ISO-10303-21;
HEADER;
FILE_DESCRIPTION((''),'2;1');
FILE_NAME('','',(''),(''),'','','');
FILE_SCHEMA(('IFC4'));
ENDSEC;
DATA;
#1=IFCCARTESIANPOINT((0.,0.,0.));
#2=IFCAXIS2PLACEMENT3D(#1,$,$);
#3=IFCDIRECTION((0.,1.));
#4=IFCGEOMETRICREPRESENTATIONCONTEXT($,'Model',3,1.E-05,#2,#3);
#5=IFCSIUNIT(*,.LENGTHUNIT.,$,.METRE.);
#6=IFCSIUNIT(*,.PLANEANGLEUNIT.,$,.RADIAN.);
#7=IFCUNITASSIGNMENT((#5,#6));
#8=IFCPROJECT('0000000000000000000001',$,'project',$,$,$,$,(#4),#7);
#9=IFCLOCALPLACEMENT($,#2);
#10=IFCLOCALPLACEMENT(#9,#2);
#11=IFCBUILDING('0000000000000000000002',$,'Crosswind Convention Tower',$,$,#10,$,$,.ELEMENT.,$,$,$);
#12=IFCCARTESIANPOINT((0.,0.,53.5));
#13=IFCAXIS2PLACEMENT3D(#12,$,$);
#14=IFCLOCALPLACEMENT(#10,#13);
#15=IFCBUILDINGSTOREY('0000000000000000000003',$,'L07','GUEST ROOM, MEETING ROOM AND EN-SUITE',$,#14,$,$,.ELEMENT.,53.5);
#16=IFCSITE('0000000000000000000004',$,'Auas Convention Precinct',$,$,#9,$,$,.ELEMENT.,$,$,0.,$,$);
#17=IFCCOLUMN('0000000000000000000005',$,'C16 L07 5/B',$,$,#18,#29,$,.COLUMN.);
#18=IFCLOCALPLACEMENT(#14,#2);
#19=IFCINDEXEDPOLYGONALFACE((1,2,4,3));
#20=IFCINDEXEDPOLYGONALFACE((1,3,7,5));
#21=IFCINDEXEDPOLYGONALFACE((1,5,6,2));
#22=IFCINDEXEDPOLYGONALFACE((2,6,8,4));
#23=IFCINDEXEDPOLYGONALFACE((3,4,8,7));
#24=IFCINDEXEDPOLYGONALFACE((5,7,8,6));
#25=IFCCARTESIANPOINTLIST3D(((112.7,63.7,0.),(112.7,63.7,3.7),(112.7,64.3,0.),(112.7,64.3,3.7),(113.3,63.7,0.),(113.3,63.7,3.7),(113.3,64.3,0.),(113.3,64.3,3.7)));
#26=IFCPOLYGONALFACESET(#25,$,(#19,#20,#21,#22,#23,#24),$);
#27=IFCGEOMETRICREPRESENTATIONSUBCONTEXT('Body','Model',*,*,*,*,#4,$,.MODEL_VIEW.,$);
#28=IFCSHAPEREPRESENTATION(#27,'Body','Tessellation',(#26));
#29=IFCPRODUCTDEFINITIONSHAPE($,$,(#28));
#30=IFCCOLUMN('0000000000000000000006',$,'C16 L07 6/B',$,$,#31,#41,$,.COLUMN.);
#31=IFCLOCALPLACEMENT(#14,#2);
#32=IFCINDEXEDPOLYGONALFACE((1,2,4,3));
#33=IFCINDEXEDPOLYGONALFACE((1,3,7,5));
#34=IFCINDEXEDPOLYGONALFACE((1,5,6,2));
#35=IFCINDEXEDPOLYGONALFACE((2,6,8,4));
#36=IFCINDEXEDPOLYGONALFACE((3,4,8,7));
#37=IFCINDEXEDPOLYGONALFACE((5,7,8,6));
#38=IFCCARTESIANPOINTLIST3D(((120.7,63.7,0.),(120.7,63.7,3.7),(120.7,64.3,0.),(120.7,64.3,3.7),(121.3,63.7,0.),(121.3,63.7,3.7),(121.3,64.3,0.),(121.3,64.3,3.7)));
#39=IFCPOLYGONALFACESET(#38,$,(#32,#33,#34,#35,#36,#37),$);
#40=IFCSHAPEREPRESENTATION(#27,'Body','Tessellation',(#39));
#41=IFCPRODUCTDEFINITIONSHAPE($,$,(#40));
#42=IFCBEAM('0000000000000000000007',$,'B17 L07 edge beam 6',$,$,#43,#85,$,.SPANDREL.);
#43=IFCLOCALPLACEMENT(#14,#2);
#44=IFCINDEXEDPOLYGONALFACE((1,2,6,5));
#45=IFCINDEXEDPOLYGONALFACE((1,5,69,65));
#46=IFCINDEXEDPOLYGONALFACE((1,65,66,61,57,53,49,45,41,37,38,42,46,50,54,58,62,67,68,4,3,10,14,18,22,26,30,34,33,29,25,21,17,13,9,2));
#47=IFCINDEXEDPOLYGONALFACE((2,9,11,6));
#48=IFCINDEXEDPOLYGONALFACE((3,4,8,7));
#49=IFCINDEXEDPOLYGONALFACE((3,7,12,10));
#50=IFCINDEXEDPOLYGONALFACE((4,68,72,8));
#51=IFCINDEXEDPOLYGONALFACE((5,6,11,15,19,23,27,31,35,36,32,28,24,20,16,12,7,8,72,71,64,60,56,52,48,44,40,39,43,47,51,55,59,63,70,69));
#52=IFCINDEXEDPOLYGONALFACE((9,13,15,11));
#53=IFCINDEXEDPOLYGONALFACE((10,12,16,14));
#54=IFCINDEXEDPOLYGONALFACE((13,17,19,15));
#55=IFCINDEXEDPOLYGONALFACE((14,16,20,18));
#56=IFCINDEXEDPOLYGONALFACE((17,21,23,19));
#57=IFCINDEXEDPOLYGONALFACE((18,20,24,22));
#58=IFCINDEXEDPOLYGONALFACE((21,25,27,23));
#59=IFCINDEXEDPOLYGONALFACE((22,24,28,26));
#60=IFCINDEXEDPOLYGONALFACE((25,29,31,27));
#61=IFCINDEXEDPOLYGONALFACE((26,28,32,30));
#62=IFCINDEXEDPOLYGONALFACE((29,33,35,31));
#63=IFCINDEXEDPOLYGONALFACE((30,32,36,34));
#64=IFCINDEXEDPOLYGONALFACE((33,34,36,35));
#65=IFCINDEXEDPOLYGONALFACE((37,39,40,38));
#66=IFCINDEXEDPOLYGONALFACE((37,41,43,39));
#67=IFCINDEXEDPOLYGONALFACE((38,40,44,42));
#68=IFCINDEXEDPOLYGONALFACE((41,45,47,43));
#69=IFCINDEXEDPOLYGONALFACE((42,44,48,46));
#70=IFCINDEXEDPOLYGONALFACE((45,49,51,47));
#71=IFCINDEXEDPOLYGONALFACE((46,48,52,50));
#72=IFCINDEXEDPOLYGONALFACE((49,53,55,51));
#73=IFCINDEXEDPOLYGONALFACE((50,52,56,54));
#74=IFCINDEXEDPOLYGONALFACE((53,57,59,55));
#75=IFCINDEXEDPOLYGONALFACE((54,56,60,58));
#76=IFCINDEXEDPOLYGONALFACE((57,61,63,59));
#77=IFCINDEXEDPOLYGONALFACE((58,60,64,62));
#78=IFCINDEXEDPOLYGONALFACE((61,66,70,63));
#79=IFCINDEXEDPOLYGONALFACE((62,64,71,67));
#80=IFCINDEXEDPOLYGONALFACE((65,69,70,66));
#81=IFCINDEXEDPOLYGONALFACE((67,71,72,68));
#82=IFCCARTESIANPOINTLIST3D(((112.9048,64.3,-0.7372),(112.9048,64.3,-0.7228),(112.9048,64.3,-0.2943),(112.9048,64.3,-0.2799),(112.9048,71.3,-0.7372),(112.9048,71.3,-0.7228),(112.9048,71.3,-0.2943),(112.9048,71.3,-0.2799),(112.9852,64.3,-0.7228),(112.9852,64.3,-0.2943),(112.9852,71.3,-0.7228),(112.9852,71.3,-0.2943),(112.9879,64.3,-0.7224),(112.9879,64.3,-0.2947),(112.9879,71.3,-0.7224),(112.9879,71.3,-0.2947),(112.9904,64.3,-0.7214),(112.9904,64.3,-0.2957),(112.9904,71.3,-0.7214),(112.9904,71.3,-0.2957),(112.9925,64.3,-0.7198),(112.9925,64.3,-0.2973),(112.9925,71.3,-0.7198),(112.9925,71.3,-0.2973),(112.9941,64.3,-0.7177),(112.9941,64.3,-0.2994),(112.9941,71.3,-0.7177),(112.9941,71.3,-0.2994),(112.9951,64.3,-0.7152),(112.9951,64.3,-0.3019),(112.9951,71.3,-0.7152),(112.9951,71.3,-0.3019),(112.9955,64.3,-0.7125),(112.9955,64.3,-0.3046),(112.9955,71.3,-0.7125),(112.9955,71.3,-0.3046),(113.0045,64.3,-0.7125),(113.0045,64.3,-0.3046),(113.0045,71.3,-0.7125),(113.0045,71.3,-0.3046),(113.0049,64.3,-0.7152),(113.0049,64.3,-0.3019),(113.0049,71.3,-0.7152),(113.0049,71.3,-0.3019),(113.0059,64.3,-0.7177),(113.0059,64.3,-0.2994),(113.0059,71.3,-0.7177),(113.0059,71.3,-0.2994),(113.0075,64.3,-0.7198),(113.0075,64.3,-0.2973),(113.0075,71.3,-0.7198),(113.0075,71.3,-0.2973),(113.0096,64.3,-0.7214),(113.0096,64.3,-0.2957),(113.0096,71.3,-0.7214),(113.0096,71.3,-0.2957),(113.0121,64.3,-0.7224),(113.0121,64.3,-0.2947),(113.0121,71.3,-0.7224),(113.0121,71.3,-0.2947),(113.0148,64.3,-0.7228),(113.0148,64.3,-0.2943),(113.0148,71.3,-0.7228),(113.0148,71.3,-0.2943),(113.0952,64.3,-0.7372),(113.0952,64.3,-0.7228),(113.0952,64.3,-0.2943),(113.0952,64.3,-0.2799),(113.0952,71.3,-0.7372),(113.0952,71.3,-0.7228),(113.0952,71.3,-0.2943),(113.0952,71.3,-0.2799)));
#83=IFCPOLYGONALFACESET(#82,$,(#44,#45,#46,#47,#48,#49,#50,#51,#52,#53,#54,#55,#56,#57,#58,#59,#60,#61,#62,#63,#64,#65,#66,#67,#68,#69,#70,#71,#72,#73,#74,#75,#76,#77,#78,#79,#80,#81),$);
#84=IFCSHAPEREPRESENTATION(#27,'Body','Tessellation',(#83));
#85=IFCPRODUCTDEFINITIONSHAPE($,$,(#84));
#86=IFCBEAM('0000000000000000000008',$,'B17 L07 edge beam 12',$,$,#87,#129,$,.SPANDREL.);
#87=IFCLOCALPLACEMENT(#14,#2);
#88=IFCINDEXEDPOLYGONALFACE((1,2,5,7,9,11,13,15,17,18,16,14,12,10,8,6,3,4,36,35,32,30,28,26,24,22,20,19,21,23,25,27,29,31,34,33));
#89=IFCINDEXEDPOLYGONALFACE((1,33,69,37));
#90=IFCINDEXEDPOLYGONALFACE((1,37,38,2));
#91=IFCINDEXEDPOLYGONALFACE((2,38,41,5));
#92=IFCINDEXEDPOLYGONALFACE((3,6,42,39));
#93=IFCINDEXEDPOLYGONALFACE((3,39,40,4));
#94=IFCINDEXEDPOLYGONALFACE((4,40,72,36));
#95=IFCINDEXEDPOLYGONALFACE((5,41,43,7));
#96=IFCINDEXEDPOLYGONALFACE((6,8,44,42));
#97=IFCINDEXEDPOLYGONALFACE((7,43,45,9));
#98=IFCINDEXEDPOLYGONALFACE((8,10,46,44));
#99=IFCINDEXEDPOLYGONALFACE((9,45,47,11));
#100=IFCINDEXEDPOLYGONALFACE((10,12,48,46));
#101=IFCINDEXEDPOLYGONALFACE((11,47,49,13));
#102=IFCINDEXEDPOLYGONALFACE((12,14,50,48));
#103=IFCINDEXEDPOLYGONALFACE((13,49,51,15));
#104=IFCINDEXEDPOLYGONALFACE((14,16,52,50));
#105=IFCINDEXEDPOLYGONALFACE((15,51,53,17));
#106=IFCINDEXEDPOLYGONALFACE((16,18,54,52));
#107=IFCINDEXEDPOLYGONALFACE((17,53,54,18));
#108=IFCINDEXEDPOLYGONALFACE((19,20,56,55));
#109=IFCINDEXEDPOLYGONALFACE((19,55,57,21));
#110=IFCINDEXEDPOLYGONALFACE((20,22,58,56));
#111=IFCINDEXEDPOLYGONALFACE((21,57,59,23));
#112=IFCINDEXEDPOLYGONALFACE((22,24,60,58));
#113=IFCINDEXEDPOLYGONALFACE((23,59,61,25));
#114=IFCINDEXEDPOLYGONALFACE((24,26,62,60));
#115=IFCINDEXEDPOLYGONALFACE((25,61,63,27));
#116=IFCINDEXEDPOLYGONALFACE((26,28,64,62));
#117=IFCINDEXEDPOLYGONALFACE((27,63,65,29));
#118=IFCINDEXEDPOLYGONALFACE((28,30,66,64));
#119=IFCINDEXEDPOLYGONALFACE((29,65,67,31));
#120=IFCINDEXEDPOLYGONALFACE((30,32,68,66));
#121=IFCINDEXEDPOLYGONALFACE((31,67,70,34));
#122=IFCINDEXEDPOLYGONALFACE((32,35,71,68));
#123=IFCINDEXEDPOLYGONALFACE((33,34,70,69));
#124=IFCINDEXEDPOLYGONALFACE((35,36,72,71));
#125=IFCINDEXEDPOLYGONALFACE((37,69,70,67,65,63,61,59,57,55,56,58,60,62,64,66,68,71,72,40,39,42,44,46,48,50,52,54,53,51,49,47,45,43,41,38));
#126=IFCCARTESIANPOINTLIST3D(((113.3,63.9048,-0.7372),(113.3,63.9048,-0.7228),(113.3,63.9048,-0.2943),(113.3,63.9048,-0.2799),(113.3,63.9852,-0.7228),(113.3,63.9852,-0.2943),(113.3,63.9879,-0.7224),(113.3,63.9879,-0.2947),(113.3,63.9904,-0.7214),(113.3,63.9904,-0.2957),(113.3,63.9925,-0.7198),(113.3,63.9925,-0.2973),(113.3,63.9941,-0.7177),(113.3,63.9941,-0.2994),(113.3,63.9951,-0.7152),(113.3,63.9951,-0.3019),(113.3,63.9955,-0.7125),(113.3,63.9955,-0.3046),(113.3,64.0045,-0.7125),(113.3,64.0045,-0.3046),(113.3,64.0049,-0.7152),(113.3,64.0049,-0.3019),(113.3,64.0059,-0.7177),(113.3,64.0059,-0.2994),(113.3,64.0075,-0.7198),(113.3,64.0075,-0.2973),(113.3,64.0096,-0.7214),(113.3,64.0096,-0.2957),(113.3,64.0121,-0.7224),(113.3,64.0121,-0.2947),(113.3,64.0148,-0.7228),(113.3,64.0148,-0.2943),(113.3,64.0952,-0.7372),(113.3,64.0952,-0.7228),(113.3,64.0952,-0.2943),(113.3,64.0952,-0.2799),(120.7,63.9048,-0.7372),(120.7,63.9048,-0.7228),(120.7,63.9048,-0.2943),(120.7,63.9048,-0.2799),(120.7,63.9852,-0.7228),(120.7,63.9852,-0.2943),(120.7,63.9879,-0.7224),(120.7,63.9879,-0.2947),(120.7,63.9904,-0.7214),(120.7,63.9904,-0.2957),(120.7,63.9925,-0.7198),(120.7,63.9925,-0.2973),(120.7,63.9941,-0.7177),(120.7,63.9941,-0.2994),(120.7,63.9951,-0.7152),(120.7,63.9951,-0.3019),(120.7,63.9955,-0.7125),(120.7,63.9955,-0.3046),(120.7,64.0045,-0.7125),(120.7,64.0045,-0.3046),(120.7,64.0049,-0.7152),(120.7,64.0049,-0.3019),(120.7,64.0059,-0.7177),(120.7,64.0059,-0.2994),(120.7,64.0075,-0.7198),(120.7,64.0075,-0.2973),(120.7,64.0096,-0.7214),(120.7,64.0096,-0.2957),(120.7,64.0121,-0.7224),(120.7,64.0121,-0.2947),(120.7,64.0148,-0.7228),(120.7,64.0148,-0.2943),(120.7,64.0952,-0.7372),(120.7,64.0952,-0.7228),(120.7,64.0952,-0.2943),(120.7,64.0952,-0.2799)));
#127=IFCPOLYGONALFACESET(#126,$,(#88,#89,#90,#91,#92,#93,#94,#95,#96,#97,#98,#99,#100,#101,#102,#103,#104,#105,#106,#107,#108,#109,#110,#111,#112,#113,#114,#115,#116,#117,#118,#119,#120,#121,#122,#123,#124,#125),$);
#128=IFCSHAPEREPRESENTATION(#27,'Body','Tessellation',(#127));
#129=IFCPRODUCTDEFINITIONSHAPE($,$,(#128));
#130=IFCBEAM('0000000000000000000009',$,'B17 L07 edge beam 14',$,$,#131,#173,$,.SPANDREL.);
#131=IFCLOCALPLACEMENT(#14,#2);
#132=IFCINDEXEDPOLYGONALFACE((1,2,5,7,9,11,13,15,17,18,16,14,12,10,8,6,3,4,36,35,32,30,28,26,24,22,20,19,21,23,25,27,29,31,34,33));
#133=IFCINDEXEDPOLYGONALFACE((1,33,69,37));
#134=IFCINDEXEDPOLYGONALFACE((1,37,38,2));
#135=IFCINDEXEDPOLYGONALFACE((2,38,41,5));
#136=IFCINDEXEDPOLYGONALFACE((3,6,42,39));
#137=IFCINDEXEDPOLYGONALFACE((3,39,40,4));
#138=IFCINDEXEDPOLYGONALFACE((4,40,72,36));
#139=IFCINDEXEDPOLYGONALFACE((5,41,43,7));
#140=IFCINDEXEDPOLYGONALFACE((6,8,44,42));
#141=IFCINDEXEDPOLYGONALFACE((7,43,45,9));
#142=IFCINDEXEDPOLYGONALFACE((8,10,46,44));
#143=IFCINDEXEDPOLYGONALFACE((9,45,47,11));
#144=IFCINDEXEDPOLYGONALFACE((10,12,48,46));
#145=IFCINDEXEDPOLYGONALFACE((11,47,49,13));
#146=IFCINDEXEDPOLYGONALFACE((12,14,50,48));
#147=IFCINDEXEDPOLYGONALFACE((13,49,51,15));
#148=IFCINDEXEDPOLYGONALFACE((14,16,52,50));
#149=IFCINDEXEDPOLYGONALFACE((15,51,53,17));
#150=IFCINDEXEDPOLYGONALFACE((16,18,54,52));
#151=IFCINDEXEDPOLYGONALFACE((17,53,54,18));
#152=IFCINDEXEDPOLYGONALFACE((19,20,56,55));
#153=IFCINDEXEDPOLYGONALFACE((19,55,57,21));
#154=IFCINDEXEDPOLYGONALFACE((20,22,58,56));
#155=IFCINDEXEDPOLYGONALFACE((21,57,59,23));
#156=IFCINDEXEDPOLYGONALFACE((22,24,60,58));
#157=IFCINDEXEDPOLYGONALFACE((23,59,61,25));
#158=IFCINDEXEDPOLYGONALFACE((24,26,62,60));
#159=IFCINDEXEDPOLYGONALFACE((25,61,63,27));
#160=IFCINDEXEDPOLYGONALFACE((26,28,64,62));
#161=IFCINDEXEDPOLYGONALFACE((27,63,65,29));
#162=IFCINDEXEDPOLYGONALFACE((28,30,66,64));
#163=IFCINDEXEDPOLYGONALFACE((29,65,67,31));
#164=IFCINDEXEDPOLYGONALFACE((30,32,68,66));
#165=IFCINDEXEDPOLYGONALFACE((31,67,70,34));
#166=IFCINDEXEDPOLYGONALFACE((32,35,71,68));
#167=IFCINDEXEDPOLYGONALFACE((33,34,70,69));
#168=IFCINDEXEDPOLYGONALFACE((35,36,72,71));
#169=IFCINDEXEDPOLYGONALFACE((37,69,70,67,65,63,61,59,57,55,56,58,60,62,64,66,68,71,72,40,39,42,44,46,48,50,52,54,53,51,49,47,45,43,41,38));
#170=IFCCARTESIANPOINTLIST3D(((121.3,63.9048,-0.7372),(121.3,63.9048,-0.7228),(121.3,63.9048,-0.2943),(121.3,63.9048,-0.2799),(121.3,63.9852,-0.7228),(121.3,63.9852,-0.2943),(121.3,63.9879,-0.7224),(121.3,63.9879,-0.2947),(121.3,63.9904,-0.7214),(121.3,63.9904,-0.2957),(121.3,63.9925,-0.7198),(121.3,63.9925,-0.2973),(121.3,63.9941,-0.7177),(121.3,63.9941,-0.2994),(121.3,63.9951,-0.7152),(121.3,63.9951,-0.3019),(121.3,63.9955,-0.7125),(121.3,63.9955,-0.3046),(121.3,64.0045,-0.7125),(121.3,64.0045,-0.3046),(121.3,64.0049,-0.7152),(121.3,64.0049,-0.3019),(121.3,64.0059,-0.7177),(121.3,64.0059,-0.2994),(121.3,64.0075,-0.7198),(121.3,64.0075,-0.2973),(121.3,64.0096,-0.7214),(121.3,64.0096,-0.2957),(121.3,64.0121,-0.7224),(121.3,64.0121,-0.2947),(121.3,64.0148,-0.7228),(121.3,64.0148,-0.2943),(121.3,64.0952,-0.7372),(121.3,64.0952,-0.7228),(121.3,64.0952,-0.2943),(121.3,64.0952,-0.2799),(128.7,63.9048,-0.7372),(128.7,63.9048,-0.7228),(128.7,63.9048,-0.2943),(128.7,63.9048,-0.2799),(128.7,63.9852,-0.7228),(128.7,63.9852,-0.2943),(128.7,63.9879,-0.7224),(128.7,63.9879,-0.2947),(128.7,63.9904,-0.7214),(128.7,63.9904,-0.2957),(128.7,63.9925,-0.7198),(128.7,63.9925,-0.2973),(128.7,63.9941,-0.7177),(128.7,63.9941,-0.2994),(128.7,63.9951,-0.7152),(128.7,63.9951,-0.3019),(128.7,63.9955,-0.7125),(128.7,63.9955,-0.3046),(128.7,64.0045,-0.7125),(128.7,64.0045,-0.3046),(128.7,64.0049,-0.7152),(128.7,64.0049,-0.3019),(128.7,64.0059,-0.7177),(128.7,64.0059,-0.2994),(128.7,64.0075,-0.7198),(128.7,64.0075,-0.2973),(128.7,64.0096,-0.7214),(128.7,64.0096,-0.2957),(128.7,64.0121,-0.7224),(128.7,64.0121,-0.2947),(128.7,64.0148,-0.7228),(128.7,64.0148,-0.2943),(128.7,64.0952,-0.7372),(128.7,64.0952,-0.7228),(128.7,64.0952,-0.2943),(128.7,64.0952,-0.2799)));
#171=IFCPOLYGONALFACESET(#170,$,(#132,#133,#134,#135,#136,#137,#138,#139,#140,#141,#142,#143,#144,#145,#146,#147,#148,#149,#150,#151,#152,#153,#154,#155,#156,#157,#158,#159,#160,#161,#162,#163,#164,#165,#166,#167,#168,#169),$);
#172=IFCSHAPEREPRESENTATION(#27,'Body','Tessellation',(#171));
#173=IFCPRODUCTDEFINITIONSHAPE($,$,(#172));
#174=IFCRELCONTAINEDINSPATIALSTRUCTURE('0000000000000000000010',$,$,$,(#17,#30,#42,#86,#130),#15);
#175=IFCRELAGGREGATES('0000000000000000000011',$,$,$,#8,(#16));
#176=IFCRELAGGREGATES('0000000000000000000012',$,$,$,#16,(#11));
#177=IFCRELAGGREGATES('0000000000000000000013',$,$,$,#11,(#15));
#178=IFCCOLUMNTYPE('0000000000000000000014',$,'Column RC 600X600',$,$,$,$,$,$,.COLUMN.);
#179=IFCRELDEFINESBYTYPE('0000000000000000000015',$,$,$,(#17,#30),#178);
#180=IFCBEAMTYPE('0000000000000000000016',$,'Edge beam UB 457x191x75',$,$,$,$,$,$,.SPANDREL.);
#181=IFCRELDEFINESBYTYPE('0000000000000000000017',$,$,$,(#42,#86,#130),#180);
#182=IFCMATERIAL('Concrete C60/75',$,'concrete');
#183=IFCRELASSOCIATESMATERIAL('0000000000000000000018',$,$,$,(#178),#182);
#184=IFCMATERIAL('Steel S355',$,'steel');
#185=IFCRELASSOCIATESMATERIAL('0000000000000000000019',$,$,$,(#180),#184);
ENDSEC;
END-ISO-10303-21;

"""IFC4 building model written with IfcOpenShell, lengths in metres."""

from ifc_helpers import new_model, si_unit, direction, frame, origin, origin_2d, place, context, subcontext, project, spatial, rectangle, i_section, extrude, material, material_profile, profile_set, type_object, element, save


model = new_model("IFC4")

# Units and contexts
model_context = context("Model", 3, precision=1e-05, world=origin(), true_north=direction((0.0, 1.0)))
body_context = subcontext(model_context, "Body", "Model", "MODEL_VIEW")
ifc_project = project(units=[si_unit("LENGTHUNIT", "METRE"), si_unit("PLANEANGLEUNIT", "RADIAN")], contexts=[model_context])

# Site, building, storey
site_placement = place(None, origin())
site = spatial("IfcSite", under=ifc_project, at=site_placement, Name="Auas Convention Precinct", CompositionType="ELEMENT", RefElevation=0.0)
building_placement = place(site_placement, origin())
building = spatial("IfcBuilding", under=site, at=building_placement, Name="Crosswind Convention Tower", CompositionType="ELEMENT")
storey_placement = place(building_placement, frame((0.0, 0.0, 53.5)))
storey = spatial("IfcBuildingStorey", under=building, at=storey_placement, Name="L07", Description="GUEST ROOM, MEETING ROOM AND EN-SUITE", CompositionType="ELEMENT", Elevation=53.5)

# Columns
ifc_material_1 = material(Name="Concrete C60/75", Category="concrete")
ifc_material_profile_1 = material_profile(ifc_material_1, rectangle(XDim=0.6001, YDim=0.6001, at=origin_2d()), Name="RC 600X600")
ifc_profile_set_1 = profile_set([ifc_material_profile_1], Name="Concrete C60/75")
column_type = type_object("IfcColumnType", Name="Column RC 600X600", PredefinedType="COLUMN", material=ifc_profile_set_1)
for number, where, z_axis, x_axis, name in (
    (1, (113.0, 64.0, 0.0), (0.0, 0.0, 1.0), (1.0, 0.0, 0.0), "C16 L07 5/B"),
    (2, (121.0, 64.0, 0.0), (0.0, 0.0, 1.0), (1.0, 0.0, 0.0), "C16 L07 6/B"),
):
    element("IfcColumn", number, at=place(storey_placement, frame(where, z_axis=z_axis, x_axis=x_axis)), inside=storey, type_object=column_type, Name=name, PredefinedType="COLUMN", context=body_context, shape_type="SweptSolid", body=[
        extrude(rectangle(XDim=0.6001, YDim=0.6001, at=origin_2d()), origin(), (0.0, 0.0, 1.0), 3.7),
    ])

# Beams
ifc_material_2 = material(Name="Steel S355", Category="steel")
ifc_material_profile_2 = material_profile(ifc_material_2, i_section(OverallWidth=0.1904, OverallDepth=0.4573, WebThickness=0.009, FlangeThickness=0.0144, FilletRadius=0.0103, at=origin_2d()), Name="UB 457x191x75")
ifc_profile_set_2 = profile_set([ifc_material_profile_2], Name="Steel S355")
beam_type_1 = type_object("IfcBeamType", Name="Edge beam UB 457x191x75", PredefinedType="SPANDREL", material=ifc_profile_set_2)
beam_1_placement = place(storey_placement, frame((113.0, 64.3, -0.5085), z_axis=(0.0, 1.0, 0.0), x_axis=(-1.0, 0.0, 0.0)))
element("IfcBeam", 3, at=beam_1_placement, inside=storey, type_object=beam_type_1, Name="B17 L07 edge beam 6", PredefinedType="SPANDREL", context=body_context, shape_type="SweptSolid", body=[
    extrude(i_section(OverallWidth=0.1904, OverallDepth=0.4573, WebThickness=0.009, FlangeThickness=0.0144, FilletRadius=0.0103, at=origin_2d()), origin(), (0.0, 0.0, 1.0), 7.0),
])
for number, where, z_axis, x_axis, name in (
    (4, (113.3, 64.0, -0.5085), (1.0, 0.0, 0.0), (0.0, 1.0, 0.0), "B17 L07 edge beam 12"),
    (5, (121.3, 64.0, -0.5085), (1.0, 0.0, 0.0), (0.0, 1.0, 0.0), "B17 L07 edge beam 14"),
):
    element("IfcBeam", number, at=place(storey_placement, frame(where, z_axis=z_axis, x_axis=x_axis)), inside=storey, type_object=beam_type_1, Name=name, PredefinedType="SPANDREL", context=body_context, shape_type="SweptSolid", body=[
        extrude(i_section(OverallWidth=0.1904, OverallDepth=0.4573, WebThickness=0.009, FlangeThickness=0.0144, FilletRadius=0.0103, at=origin_2d()), origin(), (0.0, 0.0, 1.0), 7.3999),
    ])

save(model, "model.ifc")
